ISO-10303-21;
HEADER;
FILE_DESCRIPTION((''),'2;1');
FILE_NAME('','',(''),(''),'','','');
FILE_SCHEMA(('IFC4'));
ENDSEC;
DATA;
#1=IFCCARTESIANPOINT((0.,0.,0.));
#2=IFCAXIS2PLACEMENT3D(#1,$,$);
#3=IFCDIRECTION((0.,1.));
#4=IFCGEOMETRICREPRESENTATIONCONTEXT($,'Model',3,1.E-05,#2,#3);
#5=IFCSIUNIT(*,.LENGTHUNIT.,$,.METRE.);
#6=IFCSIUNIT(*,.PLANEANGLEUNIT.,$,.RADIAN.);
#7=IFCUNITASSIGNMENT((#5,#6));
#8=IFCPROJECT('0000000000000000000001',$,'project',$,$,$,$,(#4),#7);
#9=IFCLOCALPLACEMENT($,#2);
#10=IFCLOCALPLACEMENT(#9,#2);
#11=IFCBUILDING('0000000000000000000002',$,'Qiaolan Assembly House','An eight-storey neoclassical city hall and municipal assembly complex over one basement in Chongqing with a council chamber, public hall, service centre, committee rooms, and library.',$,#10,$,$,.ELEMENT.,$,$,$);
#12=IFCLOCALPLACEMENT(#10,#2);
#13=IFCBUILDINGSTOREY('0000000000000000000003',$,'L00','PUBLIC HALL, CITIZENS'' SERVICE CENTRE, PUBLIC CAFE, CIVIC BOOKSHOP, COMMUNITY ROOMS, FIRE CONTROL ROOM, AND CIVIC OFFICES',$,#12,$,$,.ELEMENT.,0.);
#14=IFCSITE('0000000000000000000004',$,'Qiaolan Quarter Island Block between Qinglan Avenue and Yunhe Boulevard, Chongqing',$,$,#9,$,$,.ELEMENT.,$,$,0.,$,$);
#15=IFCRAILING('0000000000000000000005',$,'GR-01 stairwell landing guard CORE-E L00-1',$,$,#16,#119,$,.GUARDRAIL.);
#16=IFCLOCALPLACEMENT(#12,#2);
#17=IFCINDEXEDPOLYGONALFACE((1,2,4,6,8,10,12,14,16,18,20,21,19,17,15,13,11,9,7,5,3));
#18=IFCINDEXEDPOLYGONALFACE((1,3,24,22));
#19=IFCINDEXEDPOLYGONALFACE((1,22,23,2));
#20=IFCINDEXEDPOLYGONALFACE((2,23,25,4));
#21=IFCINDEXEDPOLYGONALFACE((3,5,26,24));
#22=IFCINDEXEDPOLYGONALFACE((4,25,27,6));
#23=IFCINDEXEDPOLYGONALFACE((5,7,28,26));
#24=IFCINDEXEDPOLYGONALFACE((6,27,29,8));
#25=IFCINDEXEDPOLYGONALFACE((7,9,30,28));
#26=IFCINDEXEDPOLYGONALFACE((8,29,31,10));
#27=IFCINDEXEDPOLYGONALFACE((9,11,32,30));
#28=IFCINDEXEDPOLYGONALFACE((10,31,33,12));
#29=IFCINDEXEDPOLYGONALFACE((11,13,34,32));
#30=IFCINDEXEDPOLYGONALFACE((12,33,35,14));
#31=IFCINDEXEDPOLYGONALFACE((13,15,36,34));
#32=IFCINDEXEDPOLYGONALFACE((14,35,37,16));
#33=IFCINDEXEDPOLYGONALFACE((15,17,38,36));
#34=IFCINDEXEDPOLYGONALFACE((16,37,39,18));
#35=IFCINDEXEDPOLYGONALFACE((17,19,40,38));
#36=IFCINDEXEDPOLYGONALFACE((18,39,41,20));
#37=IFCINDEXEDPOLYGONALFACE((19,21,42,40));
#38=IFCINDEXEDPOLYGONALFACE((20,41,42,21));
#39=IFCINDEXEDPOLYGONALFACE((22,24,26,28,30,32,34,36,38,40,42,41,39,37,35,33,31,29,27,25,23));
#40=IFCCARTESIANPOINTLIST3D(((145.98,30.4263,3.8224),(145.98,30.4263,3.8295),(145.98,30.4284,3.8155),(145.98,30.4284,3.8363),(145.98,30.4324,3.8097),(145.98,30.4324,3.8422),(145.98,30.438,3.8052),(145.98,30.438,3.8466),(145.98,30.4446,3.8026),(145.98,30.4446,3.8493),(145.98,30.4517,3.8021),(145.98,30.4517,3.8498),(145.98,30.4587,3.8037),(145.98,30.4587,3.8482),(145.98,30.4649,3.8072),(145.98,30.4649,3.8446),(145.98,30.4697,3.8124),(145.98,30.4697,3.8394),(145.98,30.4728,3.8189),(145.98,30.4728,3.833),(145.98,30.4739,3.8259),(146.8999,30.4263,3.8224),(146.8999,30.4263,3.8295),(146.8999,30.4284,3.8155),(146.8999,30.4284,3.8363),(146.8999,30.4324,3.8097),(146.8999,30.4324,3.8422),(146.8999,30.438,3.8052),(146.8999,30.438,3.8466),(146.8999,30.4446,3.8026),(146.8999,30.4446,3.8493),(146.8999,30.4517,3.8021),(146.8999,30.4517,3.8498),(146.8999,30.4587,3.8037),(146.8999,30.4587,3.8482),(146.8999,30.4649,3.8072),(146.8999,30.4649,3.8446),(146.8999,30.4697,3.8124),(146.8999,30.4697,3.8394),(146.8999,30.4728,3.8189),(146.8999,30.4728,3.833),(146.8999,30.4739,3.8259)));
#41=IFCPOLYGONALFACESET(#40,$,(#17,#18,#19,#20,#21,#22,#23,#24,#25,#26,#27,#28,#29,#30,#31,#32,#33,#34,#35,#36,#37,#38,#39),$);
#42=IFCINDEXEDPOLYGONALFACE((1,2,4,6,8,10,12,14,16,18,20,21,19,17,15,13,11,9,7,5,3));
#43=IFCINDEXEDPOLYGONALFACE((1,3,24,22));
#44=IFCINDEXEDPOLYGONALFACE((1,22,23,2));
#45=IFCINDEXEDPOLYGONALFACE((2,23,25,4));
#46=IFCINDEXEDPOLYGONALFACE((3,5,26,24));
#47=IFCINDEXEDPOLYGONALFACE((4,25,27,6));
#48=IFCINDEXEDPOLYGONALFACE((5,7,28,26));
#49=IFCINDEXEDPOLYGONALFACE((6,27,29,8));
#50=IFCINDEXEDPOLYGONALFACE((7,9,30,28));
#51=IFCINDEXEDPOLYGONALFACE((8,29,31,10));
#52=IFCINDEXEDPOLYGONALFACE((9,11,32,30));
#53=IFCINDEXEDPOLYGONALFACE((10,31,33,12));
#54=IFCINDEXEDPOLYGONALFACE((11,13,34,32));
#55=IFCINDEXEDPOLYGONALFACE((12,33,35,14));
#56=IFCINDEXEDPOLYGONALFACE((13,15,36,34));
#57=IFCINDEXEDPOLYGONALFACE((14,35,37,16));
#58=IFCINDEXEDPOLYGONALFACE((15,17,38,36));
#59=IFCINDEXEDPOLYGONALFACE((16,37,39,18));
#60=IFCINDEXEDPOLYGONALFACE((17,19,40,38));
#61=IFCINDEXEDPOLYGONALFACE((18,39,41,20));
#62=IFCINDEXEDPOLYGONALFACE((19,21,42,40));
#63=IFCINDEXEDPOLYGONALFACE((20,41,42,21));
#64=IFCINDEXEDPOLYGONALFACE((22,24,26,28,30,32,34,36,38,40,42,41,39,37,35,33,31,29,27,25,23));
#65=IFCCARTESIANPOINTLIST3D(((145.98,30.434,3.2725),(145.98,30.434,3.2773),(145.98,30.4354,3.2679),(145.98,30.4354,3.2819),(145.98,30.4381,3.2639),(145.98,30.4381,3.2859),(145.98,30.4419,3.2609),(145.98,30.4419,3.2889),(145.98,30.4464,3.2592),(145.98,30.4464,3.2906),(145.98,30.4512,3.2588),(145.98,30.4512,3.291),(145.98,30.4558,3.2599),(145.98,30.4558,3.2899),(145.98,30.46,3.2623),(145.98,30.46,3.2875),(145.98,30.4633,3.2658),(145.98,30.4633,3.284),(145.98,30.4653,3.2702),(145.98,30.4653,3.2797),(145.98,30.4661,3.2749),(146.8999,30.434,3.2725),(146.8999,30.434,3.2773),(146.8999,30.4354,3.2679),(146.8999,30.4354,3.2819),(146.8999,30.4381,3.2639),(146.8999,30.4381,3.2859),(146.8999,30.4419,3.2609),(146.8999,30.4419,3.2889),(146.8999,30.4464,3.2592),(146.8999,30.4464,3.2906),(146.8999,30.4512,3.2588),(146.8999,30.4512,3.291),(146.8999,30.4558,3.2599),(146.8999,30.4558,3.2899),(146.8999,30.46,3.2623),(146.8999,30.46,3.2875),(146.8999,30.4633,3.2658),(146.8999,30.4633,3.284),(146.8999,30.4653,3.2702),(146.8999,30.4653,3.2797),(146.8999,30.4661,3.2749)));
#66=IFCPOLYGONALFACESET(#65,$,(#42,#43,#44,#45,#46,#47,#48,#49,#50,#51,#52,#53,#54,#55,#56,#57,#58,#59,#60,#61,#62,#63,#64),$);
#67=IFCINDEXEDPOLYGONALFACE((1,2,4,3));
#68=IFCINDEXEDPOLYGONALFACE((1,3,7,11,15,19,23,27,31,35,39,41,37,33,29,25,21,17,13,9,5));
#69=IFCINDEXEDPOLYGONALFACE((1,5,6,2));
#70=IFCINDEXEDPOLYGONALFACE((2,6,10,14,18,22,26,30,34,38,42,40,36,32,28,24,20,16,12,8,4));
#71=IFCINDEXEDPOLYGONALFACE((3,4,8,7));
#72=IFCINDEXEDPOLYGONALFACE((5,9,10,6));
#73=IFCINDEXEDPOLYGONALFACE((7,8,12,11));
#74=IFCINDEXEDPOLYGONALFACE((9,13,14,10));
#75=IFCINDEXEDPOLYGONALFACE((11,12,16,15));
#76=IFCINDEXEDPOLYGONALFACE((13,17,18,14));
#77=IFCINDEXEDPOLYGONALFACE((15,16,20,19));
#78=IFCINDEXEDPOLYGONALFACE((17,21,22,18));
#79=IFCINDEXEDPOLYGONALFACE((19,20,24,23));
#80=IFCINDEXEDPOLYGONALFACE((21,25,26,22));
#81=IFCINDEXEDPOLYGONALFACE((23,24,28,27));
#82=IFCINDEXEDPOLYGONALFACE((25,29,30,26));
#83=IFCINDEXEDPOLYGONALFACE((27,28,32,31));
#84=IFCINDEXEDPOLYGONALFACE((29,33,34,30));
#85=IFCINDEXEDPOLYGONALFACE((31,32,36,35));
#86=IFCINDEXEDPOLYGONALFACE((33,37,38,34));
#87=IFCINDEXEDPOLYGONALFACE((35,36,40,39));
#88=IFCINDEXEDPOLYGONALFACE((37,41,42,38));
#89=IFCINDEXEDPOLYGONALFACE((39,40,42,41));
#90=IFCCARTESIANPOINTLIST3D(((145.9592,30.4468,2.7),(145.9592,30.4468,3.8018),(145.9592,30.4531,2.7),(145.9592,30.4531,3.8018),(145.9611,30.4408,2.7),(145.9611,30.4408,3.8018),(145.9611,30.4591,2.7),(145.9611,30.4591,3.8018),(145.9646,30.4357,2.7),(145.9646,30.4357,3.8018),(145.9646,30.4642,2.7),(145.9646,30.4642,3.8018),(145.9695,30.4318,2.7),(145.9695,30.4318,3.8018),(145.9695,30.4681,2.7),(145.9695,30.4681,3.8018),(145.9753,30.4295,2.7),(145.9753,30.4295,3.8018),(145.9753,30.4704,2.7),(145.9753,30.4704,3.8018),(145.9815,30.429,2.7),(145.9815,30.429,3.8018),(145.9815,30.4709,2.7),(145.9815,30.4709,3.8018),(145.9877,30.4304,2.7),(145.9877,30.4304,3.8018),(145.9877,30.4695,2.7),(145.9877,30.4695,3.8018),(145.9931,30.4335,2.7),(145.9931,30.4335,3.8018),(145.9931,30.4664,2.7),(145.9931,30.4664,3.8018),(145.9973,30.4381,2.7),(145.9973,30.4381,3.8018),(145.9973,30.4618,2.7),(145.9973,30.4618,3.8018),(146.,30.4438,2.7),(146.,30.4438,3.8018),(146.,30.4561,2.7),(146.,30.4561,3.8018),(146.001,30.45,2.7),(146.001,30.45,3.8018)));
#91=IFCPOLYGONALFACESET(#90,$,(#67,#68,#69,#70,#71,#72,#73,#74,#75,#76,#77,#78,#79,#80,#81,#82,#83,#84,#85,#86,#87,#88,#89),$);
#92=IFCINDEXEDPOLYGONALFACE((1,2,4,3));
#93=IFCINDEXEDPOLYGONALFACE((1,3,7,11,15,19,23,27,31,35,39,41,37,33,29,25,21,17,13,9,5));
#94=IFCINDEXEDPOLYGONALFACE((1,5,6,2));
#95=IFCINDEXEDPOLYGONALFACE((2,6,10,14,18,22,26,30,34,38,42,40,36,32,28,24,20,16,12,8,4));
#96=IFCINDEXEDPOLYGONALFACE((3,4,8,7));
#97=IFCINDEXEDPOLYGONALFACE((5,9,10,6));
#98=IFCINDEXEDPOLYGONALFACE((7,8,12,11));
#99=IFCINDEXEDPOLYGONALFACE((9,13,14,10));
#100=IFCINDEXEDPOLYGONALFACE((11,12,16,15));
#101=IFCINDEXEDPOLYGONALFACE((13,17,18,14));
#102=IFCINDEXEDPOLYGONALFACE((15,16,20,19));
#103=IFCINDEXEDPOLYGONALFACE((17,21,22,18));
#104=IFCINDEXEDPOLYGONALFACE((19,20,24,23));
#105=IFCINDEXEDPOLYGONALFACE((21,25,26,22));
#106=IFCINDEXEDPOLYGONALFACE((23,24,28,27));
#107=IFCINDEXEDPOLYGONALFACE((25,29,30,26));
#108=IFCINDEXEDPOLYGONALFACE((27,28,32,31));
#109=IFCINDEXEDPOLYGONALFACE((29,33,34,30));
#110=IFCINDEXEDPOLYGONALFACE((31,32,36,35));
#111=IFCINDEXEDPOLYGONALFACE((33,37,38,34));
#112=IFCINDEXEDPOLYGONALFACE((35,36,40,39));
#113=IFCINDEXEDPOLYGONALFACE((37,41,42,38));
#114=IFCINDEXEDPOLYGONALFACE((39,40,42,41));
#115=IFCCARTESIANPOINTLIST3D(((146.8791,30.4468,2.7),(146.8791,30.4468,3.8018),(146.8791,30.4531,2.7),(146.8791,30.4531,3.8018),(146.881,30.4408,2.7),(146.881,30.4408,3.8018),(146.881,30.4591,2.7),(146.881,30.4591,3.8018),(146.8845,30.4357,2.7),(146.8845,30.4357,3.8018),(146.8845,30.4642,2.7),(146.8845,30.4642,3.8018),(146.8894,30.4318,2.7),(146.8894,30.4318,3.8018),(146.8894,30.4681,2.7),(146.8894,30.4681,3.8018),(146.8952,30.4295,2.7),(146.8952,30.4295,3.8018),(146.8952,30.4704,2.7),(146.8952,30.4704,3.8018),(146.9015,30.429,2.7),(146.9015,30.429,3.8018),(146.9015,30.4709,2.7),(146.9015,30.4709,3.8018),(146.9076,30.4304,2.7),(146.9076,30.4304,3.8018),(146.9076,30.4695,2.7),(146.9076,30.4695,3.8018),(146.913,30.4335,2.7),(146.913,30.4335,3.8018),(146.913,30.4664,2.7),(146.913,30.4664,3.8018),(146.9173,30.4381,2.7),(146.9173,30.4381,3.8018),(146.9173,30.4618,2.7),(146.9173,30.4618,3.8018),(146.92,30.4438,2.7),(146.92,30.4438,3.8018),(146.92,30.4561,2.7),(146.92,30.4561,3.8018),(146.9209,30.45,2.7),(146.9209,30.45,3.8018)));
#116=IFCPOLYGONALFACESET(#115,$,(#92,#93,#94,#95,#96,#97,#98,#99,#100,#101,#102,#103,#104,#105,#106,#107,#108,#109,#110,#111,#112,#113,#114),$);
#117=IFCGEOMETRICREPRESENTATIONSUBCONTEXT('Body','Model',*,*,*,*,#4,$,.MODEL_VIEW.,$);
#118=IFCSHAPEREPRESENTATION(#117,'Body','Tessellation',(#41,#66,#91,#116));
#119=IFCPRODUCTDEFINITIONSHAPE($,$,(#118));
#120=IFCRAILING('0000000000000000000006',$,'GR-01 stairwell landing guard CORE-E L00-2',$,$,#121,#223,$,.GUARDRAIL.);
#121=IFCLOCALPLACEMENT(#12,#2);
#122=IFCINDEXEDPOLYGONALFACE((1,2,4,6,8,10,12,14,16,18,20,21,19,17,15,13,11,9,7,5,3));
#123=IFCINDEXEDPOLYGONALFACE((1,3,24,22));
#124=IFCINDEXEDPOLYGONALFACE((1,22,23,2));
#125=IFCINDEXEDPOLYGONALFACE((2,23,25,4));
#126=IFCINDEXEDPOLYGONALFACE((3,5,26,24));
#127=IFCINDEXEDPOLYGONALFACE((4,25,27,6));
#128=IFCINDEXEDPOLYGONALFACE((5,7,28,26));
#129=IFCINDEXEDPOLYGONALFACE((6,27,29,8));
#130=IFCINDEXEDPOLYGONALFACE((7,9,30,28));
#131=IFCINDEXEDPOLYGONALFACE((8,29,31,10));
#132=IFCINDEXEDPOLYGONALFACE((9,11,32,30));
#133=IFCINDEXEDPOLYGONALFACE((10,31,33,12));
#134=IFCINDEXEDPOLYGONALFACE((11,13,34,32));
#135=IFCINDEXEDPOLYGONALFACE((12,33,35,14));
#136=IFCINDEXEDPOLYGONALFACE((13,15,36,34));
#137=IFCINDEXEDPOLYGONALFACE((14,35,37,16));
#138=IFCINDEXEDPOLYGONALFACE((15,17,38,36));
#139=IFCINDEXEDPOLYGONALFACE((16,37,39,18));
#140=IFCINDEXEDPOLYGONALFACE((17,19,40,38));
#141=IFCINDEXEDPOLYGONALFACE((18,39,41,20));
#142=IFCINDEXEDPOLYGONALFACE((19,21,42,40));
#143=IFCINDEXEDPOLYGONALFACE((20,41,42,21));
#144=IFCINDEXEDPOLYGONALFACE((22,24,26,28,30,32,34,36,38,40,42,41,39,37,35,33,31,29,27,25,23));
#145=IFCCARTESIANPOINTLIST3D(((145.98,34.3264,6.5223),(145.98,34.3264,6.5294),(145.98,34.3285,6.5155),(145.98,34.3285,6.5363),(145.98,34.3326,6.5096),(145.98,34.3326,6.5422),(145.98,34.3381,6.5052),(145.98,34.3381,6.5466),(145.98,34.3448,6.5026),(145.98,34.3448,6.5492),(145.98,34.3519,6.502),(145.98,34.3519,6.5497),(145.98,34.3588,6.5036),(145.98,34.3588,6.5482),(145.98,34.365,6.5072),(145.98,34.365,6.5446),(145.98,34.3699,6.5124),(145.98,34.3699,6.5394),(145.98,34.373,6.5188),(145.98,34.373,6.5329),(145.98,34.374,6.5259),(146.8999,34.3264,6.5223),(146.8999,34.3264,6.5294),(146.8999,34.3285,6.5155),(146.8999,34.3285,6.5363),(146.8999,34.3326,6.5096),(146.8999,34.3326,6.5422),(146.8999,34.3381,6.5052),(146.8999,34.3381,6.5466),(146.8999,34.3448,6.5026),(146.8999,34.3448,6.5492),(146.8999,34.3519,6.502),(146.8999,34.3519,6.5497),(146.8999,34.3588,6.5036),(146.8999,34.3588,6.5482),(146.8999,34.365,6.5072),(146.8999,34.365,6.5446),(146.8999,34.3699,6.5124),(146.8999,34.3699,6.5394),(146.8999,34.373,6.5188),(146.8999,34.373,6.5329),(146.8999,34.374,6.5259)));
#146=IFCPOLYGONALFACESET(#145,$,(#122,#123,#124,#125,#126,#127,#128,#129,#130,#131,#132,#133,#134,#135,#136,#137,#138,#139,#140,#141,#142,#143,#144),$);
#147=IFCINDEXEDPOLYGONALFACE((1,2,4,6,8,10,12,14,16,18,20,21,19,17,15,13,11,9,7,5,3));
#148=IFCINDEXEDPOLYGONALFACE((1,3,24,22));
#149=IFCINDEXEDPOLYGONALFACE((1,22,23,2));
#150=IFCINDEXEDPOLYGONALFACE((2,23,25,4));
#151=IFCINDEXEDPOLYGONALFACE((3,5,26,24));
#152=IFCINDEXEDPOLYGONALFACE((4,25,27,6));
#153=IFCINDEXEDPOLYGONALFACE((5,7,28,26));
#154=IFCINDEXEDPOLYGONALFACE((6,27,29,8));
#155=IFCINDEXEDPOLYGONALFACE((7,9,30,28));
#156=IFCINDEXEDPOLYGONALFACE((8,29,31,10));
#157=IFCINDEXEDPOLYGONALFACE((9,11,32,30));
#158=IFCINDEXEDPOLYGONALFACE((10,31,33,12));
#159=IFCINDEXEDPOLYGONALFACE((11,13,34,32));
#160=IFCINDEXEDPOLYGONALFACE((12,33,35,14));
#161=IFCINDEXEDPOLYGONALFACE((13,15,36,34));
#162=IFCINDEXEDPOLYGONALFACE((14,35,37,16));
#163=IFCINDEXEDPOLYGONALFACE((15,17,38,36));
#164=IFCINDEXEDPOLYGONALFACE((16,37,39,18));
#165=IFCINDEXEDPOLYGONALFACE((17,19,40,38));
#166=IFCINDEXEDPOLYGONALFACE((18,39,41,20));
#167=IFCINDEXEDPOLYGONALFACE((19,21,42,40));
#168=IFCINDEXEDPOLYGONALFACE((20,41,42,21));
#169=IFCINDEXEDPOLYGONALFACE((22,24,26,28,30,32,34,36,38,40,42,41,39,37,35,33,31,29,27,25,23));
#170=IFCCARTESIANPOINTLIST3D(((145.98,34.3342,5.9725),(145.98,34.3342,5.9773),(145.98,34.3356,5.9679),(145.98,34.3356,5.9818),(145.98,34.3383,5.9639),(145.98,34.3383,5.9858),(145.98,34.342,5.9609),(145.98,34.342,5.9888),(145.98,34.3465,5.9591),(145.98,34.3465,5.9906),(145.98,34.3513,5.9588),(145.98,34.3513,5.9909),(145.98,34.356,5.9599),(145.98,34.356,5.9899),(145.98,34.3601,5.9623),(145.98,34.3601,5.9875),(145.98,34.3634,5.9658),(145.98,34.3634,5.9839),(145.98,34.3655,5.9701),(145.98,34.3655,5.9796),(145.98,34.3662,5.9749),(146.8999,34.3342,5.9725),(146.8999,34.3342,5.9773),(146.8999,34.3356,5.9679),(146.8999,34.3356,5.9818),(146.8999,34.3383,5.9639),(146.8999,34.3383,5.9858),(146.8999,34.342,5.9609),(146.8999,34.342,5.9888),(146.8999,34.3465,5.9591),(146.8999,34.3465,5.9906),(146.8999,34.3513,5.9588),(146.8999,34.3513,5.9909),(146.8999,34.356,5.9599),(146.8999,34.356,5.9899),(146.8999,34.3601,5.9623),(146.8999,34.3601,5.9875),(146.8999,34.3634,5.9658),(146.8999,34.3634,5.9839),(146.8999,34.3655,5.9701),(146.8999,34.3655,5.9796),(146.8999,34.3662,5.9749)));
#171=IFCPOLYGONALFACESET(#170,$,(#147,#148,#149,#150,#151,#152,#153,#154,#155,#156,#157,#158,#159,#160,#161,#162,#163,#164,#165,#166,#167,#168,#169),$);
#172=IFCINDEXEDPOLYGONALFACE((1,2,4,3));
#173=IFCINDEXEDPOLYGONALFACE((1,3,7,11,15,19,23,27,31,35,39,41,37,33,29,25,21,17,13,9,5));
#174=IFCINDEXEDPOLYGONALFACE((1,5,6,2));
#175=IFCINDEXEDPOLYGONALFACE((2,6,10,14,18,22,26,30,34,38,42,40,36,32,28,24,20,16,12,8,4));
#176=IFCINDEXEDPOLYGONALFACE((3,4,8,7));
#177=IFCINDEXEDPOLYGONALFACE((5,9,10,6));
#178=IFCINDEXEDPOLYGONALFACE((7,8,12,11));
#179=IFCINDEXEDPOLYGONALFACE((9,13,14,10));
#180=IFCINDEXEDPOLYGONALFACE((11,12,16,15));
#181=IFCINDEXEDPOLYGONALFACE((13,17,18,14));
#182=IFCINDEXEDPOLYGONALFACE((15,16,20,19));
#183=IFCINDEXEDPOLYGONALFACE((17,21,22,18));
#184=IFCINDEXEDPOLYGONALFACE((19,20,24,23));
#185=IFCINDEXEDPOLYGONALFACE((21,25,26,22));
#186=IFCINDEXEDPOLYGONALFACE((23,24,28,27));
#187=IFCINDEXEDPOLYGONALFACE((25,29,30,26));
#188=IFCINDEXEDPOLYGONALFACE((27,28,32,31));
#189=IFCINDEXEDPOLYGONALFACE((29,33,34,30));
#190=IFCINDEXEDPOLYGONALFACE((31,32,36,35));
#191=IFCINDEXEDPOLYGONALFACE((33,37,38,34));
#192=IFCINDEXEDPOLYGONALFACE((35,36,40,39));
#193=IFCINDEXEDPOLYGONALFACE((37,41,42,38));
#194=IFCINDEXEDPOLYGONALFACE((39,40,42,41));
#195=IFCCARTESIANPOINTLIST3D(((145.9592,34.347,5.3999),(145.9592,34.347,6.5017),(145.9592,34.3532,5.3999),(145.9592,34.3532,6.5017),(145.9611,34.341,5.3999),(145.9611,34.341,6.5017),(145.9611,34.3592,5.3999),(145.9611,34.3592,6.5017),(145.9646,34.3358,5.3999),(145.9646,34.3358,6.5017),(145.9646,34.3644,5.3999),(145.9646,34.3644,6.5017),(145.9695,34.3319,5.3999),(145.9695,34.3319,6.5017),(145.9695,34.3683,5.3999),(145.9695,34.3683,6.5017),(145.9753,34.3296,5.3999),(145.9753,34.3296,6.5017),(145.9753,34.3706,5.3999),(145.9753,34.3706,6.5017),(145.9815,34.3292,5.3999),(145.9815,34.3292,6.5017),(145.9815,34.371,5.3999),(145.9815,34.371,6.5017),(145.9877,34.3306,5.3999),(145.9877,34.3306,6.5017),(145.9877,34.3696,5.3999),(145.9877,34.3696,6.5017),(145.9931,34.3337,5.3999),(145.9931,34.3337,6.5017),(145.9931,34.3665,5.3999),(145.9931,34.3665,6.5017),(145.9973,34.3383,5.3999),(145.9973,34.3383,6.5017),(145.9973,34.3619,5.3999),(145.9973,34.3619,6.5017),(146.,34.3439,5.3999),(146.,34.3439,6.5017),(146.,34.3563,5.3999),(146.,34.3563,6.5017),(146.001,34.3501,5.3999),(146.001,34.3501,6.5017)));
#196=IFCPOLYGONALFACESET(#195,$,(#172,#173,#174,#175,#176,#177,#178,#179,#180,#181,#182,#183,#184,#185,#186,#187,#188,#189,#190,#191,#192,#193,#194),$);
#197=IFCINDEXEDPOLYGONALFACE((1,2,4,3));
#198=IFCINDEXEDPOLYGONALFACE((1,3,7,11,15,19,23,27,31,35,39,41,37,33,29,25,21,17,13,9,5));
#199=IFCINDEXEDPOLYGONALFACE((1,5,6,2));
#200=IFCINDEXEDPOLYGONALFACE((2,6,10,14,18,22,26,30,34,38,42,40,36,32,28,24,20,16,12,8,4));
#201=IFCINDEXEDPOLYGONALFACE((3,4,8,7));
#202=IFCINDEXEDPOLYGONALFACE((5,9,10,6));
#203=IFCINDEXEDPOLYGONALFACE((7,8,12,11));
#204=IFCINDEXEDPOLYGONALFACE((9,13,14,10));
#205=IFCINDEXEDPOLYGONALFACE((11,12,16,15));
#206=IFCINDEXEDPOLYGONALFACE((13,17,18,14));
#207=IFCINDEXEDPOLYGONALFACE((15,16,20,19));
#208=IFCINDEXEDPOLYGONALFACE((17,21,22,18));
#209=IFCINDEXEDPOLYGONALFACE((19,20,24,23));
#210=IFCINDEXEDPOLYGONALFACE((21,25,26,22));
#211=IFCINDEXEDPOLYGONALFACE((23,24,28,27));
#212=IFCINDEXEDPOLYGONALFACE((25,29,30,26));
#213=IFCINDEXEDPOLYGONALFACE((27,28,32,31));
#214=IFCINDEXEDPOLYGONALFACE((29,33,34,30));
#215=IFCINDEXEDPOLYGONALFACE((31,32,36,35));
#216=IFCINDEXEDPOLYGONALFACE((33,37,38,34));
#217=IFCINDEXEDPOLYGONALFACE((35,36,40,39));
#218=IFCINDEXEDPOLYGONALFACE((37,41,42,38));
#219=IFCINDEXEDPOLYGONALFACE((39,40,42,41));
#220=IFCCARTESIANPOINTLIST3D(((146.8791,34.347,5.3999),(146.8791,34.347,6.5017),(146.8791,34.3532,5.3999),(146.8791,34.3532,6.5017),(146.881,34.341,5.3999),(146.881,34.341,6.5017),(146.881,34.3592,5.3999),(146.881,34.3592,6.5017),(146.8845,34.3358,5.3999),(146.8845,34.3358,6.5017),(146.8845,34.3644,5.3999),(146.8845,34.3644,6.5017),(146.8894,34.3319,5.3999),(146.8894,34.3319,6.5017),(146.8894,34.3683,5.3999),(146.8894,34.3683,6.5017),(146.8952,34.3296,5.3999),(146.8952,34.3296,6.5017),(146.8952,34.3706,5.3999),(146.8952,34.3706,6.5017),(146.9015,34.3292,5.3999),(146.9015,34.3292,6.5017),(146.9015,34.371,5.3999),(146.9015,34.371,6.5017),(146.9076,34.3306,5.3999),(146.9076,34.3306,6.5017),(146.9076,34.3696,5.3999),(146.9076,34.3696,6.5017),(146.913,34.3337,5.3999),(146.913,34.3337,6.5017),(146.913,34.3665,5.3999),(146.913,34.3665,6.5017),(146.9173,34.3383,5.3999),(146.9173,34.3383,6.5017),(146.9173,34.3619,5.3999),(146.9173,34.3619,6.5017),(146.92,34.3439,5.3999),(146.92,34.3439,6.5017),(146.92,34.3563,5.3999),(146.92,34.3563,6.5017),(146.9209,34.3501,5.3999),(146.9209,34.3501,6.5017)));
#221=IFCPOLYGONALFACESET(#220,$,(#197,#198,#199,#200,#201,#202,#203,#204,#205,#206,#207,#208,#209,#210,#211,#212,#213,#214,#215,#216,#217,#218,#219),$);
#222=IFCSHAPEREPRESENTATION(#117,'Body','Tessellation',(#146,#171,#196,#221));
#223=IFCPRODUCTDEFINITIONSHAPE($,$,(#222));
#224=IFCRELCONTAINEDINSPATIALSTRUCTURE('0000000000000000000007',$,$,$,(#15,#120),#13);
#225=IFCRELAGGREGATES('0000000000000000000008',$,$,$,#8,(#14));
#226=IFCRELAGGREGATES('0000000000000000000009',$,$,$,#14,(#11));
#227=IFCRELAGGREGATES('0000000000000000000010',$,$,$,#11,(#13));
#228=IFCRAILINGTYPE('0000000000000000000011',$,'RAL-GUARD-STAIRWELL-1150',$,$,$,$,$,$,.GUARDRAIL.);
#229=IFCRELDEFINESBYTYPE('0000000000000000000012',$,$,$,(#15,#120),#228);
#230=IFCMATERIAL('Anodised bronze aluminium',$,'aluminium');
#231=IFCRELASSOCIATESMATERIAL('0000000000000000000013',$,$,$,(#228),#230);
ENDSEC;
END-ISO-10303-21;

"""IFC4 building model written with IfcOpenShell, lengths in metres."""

from ifc_helpers import new_model, si_unit, direction, frame, origin, origin_2d, place, context, subcontext, project, spatial, circle, extrude, material, type_object, element, save


model = new_model("IFC4")

# Units and contexts
model_context = context("Model", 3, precision=1e-05, world=origin(), true_north=direction((0.0, 1.0)))
body_context = subcontext(model_context, "Body", "Model", "MODEL_VIEW")
ifc_project = project(units=[si_unit("LENGTHUNIT", "METRE"), si_unit("PLANEANGLEUNIT", "RADIAN")], contexts=[model_context])

# Site, building, storey
site_placement = place(None, origin())
site = spatial("IfcSite", under=ifc_project, at=site_placement, Name="Qiaolan Quarter Island Block between Qinglan Avenue and Yunhe Boulevard, Chongqing", CompositionType="ELEMENT", RefElevation=0.0)
building_placement = place(site_placement, origin())
building = spatial("IfcBuilding", under=site, at=building_placement, Name="Qiaolan Assembly House", Description="An eight-storey neoclassical city hall and municipal assembly complex over one basement in Chongqing with a council chamber, public hall, service centre, committee rooms, and library.", CompositionType="ELEMENT")
storey_placement = place(building_placement, origin())
storey = spatial("IfcBuildingStorey", under=building, at=storey_placement, Name="L00", Description="PUBLIC HALL, CITIZENS' SERVICE CENTRE, PUBLIC CAFE, CIVIC BOOKSHOP, COMMUNITY ROOMS, FIRE CONTROL ROOM, AND CIVIC OFFICES", CompositionType="ELEMENT", Elevation=0.0)

# Shared definitions
ifc_material_1 = material(Name="Anodised bronze aluminium", Category="aluminium")

# Railings
railing_type_1 = type_object("IfcRailingType", Name="RAL-GUARD-STAIRWELL-1150", PredefinedType="GUARDRAIL", material=ifc_material_1)
for number, where, name in (
    (1, (145.98, 30.45, 2.7), "GR-01 stairwell landing guard CORE-E L00-1"),
    (2, (145.98, 34.3501, 5.3999), "GR-01 stairwell landing guard CORE-E L00-2"),
):
    element("IfcRailing", number, at=place(storey_placement, frame(where)), inside=storey, type_object=railing_type_1, Name=name, PredefinedType="GUARDRAIL", context=body_context, shape_type="SweptSolid", body=[
        extrude(circle(Radius=0.0239, at=origin_2d()), frame((0.0, 0.0, 1.126), z_axis=(1.0, 0.0, 0.0), x_axis=(0.0, 1.0, 0.0)), (0.0, 0.0, 1.0), 0.9199),
        extrude(circle(Radius=0.0161, at=origin_2d()), frame((0.0, 0.0, 0.575), z_axis=(1.0, 0.0, 0.0), x_axis=(0.0, 1.0, 0.0)), (0.0, 0.0, 1.0), 0.9199),
        extrude(circle(Radius=0.021, at=origin_2d()), origin(), (0.0, 0.0, 1.0), 1.1018),
        extrude(circle(Radius=0.021, at=origin_2d()), frame((0.9199, 0.0, 0.0)), (0.0, 0.0, 1.0), 1.1018),
    ])

save(model, "model.ifc")
